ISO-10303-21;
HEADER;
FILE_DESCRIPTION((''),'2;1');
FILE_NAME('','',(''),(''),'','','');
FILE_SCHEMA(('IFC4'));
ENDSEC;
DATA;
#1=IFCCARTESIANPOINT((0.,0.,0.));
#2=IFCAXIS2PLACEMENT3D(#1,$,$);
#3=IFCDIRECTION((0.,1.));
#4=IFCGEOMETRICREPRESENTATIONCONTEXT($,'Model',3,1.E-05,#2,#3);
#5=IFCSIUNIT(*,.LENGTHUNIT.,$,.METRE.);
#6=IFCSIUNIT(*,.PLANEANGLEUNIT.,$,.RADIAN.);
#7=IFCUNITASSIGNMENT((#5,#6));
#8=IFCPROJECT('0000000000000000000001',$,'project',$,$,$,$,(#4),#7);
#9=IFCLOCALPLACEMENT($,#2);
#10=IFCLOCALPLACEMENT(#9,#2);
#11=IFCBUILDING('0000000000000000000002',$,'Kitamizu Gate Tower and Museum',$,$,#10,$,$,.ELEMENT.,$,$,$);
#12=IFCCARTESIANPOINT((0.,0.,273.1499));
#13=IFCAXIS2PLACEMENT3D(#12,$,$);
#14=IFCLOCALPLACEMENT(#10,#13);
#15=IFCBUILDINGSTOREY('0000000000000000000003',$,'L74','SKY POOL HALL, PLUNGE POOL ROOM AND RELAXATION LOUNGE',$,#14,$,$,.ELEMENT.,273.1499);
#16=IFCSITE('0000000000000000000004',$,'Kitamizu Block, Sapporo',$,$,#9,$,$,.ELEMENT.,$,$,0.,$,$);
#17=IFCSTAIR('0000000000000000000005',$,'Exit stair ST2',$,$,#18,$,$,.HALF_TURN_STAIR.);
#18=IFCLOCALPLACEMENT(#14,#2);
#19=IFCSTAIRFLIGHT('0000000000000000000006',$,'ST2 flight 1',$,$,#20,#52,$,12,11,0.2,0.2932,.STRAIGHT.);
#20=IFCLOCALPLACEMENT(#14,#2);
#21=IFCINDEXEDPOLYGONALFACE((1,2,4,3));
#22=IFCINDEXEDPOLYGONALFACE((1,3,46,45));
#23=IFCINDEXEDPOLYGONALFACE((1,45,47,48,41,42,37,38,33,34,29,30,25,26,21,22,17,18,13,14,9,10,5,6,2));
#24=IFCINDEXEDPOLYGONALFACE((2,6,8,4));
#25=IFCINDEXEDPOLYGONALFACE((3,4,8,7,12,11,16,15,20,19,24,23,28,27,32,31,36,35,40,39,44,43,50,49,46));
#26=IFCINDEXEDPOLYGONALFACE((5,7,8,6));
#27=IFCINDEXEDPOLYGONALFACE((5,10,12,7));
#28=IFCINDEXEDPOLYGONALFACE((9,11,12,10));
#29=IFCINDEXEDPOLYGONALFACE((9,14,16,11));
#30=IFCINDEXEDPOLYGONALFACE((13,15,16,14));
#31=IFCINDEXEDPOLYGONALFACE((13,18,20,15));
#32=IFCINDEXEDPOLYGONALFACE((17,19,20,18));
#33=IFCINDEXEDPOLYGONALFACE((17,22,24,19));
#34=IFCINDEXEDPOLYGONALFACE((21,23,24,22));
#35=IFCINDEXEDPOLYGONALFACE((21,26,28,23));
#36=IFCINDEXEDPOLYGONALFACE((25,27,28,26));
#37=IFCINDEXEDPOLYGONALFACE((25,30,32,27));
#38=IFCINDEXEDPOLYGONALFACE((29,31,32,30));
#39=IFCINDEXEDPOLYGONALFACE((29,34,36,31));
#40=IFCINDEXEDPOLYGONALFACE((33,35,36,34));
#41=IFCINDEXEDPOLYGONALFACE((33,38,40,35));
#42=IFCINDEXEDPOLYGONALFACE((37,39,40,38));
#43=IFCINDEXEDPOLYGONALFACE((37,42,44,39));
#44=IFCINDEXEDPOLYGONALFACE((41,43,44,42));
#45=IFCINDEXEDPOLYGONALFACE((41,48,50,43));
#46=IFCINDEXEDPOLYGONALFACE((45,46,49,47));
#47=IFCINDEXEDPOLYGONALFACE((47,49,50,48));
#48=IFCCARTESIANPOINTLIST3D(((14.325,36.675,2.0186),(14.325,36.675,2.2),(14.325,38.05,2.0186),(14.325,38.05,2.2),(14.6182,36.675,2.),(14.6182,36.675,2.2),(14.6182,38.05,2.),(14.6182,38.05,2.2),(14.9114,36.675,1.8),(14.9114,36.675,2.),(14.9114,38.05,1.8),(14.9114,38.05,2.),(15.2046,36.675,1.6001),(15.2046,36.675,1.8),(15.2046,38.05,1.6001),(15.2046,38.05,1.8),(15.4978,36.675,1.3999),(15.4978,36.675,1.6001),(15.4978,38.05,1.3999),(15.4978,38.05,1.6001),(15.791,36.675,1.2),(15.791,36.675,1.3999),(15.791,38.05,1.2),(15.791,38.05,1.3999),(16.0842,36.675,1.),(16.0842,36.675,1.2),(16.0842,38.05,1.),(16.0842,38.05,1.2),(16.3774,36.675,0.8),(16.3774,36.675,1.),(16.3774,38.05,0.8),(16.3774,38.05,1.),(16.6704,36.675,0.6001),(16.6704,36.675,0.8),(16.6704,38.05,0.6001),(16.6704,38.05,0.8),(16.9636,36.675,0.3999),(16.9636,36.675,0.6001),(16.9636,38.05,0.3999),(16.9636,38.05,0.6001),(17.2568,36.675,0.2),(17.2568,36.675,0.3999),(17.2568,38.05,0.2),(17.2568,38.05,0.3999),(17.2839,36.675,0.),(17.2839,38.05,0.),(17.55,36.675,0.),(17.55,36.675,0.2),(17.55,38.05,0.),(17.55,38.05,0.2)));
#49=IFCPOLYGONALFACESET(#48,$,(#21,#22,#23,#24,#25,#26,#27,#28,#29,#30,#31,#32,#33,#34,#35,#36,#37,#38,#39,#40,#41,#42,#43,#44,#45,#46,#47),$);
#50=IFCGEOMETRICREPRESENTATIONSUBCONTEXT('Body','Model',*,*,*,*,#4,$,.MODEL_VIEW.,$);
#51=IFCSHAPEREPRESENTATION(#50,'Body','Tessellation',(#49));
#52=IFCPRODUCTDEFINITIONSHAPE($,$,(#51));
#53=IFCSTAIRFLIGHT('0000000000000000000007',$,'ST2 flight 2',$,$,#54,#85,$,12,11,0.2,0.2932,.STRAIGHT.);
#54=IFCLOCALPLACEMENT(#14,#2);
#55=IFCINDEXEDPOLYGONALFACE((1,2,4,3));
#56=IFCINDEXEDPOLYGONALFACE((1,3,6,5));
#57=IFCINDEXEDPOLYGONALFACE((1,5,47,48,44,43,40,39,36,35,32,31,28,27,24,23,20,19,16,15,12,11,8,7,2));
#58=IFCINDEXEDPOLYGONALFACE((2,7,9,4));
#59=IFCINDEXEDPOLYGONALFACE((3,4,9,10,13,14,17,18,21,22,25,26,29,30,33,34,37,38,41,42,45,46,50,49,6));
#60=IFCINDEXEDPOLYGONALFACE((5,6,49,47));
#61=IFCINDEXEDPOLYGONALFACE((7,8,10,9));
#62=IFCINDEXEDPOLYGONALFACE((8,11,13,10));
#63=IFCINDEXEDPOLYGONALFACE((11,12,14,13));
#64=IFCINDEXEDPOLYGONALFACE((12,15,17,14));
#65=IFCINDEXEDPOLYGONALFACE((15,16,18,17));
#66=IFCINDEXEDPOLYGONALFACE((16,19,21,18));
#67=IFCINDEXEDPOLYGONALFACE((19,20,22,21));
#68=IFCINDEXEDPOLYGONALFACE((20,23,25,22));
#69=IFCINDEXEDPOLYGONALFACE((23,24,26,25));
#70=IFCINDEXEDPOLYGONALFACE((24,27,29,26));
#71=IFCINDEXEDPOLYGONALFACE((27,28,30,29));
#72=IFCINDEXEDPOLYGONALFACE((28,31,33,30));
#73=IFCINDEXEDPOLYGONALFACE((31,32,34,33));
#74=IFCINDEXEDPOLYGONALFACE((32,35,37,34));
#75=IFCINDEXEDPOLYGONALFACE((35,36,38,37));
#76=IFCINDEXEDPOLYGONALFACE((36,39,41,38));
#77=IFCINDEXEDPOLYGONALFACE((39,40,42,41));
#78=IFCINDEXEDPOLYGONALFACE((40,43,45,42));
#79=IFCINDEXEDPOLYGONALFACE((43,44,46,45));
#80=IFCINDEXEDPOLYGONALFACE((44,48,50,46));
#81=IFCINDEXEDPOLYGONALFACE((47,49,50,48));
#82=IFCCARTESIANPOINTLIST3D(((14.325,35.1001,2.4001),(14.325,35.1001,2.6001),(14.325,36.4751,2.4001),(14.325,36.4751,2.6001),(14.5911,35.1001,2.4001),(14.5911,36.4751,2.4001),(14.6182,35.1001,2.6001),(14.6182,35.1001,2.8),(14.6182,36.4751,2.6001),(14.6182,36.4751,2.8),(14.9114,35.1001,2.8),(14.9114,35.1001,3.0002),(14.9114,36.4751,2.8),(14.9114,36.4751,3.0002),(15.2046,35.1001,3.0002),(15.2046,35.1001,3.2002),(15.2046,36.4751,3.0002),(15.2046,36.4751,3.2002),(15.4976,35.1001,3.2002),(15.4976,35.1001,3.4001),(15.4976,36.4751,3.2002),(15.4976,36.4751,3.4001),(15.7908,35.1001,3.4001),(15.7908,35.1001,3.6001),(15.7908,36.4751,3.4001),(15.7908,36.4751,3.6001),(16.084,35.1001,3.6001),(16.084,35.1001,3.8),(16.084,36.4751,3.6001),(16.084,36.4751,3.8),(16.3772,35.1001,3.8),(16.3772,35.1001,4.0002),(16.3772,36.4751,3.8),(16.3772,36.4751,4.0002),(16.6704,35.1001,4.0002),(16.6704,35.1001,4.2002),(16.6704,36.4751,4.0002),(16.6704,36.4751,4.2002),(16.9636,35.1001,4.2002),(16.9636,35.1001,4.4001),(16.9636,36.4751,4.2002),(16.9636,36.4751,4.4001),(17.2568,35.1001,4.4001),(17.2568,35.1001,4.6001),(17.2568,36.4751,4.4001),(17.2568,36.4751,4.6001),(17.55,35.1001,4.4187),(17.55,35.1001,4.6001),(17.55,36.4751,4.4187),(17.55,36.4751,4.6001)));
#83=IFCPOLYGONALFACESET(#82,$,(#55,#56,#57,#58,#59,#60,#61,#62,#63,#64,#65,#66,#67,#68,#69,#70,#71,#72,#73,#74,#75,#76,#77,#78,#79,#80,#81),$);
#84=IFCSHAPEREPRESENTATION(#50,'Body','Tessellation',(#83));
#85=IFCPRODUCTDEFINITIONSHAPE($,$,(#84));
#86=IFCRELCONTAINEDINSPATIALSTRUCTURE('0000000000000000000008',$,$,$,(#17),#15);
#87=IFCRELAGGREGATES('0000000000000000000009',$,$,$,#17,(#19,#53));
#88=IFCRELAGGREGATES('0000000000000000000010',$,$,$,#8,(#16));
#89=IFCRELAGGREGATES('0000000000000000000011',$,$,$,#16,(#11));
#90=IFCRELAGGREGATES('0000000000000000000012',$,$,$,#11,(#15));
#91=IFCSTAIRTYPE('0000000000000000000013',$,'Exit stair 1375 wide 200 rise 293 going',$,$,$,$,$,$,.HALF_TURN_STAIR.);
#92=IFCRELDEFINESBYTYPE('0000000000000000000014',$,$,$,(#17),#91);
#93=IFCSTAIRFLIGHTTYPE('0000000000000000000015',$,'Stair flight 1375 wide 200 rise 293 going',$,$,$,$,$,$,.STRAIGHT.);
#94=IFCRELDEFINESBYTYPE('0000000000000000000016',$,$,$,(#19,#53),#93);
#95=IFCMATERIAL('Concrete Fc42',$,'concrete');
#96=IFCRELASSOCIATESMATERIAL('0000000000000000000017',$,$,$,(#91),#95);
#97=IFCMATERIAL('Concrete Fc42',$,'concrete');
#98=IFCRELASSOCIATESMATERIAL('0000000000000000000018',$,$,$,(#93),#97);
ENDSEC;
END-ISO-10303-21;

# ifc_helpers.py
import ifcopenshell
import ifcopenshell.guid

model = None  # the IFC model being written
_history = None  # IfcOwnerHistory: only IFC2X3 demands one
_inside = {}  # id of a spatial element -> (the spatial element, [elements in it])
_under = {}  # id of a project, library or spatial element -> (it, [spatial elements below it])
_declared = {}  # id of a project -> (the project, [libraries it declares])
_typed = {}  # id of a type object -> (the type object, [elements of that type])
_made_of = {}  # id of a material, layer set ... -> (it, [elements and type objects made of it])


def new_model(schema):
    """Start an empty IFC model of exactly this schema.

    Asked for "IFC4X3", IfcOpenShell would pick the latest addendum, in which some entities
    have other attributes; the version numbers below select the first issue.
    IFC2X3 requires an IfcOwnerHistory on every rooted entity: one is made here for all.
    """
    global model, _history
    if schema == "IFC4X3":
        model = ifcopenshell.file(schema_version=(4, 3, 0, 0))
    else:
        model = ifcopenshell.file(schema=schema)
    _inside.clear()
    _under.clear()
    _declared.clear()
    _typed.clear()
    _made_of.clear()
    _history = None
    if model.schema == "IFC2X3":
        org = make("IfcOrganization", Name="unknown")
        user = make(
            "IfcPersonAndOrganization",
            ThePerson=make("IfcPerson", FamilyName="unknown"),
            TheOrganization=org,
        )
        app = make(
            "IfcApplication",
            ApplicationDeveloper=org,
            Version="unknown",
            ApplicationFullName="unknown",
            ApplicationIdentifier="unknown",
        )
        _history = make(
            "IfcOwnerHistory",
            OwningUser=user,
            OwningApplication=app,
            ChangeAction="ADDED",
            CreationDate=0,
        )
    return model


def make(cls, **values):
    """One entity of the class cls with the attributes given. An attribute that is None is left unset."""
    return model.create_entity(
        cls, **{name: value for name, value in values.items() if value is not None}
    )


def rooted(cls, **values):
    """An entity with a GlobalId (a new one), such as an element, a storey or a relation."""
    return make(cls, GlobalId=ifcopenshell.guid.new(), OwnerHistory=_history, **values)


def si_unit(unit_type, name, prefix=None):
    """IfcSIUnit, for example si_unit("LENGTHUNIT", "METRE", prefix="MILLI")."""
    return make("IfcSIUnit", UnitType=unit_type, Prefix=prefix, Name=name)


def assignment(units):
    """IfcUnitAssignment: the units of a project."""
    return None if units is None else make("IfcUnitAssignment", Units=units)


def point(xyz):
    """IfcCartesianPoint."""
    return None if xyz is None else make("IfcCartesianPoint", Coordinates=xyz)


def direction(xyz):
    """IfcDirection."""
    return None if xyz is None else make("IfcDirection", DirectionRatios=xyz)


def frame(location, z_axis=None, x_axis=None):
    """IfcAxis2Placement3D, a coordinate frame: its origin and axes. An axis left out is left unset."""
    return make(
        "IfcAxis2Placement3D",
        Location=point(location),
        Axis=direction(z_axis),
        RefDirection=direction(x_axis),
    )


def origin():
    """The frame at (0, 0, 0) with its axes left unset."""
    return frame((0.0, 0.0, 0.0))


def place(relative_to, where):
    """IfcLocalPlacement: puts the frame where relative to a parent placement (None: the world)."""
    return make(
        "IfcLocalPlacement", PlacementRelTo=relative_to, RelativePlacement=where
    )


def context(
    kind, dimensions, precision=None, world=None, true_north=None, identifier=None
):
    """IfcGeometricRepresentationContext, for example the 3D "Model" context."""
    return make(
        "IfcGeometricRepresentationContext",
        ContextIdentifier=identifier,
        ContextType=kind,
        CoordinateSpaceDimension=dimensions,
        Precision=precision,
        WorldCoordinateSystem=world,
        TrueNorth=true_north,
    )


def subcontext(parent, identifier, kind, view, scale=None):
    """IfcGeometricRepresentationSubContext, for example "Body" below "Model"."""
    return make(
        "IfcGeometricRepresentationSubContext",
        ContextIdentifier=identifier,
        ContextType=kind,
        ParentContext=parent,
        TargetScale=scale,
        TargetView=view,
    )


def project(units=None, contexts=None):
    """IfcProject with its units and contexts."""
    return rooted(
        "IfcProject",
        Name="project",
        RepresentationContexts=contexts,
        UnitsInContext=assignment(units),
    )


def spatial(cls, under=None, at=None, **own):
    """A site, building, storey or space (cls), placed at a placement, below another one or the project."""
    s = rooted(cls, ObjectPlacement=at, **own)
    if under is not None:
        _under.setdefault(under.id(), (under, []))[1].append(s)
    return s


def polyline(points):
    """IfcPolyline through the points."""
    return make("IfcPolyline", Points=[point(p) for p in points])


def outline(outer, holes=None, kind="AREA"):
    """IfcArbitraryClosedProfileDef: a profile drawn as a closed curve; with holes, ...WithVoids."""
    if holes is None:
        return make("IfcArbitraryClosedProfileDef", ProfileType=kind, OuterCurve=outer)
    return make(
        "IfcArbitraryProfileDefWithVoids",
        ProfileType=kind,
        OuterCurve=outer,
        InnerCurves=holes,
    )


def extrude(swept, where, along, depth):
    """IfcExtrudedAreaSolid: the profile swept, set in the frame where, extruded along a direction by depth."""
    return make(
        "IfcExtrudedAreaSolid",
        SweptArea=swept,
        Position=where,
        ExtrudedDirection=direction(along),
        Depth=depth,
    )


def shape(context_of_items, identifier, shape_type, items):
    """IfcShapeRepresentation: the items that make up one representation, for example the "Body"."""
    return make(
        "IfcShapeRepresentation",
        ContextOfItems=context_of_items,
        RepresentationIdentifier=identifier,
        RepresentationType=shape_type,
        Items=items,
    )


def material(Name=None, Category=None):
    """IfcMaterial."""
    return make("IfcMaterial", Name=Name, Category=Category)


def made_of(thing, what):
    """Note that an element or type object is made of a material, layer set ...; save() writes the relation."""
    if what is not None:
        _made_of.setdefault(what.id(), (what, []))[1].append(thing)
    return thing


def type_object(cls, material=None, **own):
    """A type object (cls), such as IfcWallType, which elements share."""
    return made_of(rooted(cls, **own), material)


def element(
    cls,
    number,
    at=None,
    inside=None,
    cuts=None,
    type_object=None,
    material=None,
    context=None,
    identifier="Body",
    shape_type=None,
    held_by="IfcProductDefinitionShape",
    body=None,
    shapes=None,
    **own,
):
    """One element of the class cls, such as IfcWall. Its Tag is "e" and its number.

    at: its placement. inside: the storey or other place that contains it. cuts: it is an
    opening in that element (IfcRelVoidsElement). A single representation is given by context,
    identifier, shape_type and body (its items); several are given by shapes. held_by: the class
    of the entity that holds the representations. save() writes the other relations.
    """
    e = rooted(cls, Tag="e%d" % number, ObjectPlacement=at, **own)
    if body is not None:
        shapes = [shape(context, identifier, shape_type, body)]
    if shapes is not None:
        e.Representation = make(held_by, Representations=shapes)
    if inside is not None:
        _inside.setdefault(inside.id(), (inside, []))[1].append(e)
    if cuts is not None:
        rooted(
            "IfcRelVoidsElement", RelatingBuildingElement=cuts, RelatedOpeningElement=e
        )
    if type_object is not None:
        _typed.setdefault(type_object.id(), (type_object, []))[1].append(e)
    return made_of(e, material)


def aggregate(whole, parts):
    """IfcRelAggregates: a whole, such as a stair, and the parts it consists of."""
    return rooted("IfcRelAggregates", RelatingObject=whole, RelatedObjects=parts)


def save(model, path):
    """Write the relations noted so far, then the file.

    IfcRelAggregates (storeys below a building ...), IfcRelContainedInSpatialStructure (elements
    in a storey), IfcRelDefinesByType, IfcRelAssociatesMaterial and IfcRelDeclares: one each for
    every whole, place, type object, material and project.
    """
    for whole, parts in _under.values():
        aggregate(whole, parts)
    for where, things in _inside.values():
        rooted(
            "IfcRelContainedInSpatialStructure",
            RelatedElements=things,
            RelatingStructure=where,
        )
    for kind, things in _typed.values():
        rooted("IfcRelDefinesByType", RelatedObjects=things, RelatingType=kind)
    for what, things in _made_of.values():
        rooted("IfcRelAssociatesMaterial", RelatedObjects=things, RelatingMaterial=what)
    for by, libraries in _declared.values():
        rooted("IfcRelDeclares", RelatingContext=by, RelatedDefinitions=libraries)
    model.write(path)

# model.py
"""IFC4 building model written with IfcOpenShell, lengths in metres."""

from ifc_helpers import new_model, si_unit, direction, frame, origin, place, context, subcontext, project, spatial, polyline, outline, extrude, material, type_object, element, aggregate, save


model = new_model("IFC4")

# Units and contexts
model_context = context("Model", 3, precision=1e-05, world=origin(), true_north=direction((0.0, 1.0)))
body_context = subcontext(model_context, "Body", "Model", "MODEL_VIEW")
ifc_project = project(units=[si_unit("LENGTHUNIT", "METRE"), si_unit("PLANEANGLEUNIT", "RADIAN")], contexts=[model_context])

# Site, building, storey
site_placement = place(None, origin())
site = spatial("IfcSite", under=ifc_project, at=site_placement, Name="Kitamizu Block, Sapporo", CompositionType="ELEMENT", RefElevation=0.0)
building_placement = place(site_placement, origin())
building = spatial("IfcBuilding", under=site, at=building_placement, Name="Kitamizu Gate Tower and Museum", CompositionType="ELEMENT")
storey_placement = place(building_placement, frame((0.0, 0.0, 273.1499)))
storey = spatial("IfcBuildingStorey", under=building, at=storey_placement, Name="L74", Description="SKY POOL HALL, PLUNGE POOL ROOM AND RELAXATION LOUNGE", CompositionType="ELEMENT", Elevation=273.1499)

# Stair, stair flights
ifc_material_1 = material(Name="Concrete Fc42", Category="concrete")
stair_type = type_object("IfcStairType", Name="Exit stair 1375 wide 200 rise 293 going", PredefinedType="HALF_TURN_STAIR", material=ifc_material_1)
stair_placement = place(storey_placement, origin())
stair = element("IfcStair", 1, at=stair_placement, inside=storey, type_object=stair_type, Name="Exit stair ST2", PredefinedType="HALF_TURN_STAIR")
ifc_material_2 = material(Name="Concrete Fc42", Category="concrete")
stair_flight_type = type_object("IfcStairFlightType", Name="Stair flight 1375 wide 200 rise 293 going", PredefinedType="STRAIGHT", material=ifc_material_2)
stair_flight_1_placement = place(storey_placement, frame((17.55, 37.3625, 0.0), z_axis=(0.0, 0.0, 1.0), x_axis=(-1.0, 0.0, 0.0)))
stair_flight_1 = element("IfcStairFlight", 2, at=stair_flight_1_placement, type_object=stair_flight_type, Name="ST2 flight 1", NumberOfRisers=12, NumberOfTreads=11, PredefinedType="STRAIGHT", RiserHeight=0.2, TreadLength=0.2932, context=body_context, shape_type="SweptSolid", body=[
    extrude(outline(polyline([(0.0, 0.0), (0.0, 0.2), (0.2932, 0.2), (0.2932, 0.3999), (0.5864, 0.3999), (0.5864, 0.6001), (0.8796, 0.6001), (0.8796, 0.8), (1.1726, 0.8), (1.1726, 1.0), (1.4658, 1.0), (1.4658, 1.2), (1.759, 1.2), (1.759, 1.3999), (2.0522, 1.3999), (2.0522, 1.6001), (2.3455, 1.6001), (2.3455, 1.8), (2.6387, 1.8), (2.6387, 2.0), (2.9319, 2.0), (2.9319, 2.2), (3.2251, 2.2), (3.2251, 2.3999), (3.2251, 2.0186), (0.2661, 0.0), (0.0, 0.0)])), frame((0.0, 0.6875, 0.0), z_axis=(0.0, -1.0, 0.0), x_axis=(1.0, 0.0, 0.0)), (0.0, 0.0, 1.0), 1.375),
])
stair_flight_2_placement = place(storey_placement, frame((14.325, 35.7876, 2.4001), z_axis=(0.0, 0.0, 1.0), x_axis=(1.0, 0.0, 0.0)))
stair_flight_2 = element("IfcStairFlight", 3, at=stair_flight_2_placement, type_object=stair_flight_type, Name="ST2 flight 2", NumberOfRisers=12, NumberOfTreads=11, PredefinedType="STRAIGHT", RiserHeight=0.2, TreadLength=0.2932, context=body_context, shape_type="SweptSolid", body=[
    extrude(outline(polyline([(0.0, 0.0), (0.0, 0.2), (0.2932, 0.2), (0.2932, 0.3999), (0.5864, 0.3999), (0.5864, 0.6001), (0.8796, 0.6001), (0.8796, 0.8), (1.1726, 0.8), (1.1726, 1.0), (1.4658, 1.0), (1.4658, 1.2), (1.759, 1.2), (1.759, 1.3999), (2.0522, 1.3999), (2.0522, 1.6001), (2.3455, 1.6001), (2.3455, 1.8), (2.6387, 1.8), (2.6387, 2.0), (2.9319, 2.0), (2.9319, 2.2), (3.2251, 2.2), (3.2251, 2.3999), (3.2251, 2.0186), (0.2661, 0.0), (0.0, 0.0)])), frame((0.0, 0.6875, 0.0), z_axis=(0.0, -1.0, 0.0), x_axis=(1.0, 0.0, 0.0)), (0.0, 0.0, 1.0), 1.375),
])
aggregate(stair, [stair_flight_1, stair_flight_2])

save(model, "model.ifc")
